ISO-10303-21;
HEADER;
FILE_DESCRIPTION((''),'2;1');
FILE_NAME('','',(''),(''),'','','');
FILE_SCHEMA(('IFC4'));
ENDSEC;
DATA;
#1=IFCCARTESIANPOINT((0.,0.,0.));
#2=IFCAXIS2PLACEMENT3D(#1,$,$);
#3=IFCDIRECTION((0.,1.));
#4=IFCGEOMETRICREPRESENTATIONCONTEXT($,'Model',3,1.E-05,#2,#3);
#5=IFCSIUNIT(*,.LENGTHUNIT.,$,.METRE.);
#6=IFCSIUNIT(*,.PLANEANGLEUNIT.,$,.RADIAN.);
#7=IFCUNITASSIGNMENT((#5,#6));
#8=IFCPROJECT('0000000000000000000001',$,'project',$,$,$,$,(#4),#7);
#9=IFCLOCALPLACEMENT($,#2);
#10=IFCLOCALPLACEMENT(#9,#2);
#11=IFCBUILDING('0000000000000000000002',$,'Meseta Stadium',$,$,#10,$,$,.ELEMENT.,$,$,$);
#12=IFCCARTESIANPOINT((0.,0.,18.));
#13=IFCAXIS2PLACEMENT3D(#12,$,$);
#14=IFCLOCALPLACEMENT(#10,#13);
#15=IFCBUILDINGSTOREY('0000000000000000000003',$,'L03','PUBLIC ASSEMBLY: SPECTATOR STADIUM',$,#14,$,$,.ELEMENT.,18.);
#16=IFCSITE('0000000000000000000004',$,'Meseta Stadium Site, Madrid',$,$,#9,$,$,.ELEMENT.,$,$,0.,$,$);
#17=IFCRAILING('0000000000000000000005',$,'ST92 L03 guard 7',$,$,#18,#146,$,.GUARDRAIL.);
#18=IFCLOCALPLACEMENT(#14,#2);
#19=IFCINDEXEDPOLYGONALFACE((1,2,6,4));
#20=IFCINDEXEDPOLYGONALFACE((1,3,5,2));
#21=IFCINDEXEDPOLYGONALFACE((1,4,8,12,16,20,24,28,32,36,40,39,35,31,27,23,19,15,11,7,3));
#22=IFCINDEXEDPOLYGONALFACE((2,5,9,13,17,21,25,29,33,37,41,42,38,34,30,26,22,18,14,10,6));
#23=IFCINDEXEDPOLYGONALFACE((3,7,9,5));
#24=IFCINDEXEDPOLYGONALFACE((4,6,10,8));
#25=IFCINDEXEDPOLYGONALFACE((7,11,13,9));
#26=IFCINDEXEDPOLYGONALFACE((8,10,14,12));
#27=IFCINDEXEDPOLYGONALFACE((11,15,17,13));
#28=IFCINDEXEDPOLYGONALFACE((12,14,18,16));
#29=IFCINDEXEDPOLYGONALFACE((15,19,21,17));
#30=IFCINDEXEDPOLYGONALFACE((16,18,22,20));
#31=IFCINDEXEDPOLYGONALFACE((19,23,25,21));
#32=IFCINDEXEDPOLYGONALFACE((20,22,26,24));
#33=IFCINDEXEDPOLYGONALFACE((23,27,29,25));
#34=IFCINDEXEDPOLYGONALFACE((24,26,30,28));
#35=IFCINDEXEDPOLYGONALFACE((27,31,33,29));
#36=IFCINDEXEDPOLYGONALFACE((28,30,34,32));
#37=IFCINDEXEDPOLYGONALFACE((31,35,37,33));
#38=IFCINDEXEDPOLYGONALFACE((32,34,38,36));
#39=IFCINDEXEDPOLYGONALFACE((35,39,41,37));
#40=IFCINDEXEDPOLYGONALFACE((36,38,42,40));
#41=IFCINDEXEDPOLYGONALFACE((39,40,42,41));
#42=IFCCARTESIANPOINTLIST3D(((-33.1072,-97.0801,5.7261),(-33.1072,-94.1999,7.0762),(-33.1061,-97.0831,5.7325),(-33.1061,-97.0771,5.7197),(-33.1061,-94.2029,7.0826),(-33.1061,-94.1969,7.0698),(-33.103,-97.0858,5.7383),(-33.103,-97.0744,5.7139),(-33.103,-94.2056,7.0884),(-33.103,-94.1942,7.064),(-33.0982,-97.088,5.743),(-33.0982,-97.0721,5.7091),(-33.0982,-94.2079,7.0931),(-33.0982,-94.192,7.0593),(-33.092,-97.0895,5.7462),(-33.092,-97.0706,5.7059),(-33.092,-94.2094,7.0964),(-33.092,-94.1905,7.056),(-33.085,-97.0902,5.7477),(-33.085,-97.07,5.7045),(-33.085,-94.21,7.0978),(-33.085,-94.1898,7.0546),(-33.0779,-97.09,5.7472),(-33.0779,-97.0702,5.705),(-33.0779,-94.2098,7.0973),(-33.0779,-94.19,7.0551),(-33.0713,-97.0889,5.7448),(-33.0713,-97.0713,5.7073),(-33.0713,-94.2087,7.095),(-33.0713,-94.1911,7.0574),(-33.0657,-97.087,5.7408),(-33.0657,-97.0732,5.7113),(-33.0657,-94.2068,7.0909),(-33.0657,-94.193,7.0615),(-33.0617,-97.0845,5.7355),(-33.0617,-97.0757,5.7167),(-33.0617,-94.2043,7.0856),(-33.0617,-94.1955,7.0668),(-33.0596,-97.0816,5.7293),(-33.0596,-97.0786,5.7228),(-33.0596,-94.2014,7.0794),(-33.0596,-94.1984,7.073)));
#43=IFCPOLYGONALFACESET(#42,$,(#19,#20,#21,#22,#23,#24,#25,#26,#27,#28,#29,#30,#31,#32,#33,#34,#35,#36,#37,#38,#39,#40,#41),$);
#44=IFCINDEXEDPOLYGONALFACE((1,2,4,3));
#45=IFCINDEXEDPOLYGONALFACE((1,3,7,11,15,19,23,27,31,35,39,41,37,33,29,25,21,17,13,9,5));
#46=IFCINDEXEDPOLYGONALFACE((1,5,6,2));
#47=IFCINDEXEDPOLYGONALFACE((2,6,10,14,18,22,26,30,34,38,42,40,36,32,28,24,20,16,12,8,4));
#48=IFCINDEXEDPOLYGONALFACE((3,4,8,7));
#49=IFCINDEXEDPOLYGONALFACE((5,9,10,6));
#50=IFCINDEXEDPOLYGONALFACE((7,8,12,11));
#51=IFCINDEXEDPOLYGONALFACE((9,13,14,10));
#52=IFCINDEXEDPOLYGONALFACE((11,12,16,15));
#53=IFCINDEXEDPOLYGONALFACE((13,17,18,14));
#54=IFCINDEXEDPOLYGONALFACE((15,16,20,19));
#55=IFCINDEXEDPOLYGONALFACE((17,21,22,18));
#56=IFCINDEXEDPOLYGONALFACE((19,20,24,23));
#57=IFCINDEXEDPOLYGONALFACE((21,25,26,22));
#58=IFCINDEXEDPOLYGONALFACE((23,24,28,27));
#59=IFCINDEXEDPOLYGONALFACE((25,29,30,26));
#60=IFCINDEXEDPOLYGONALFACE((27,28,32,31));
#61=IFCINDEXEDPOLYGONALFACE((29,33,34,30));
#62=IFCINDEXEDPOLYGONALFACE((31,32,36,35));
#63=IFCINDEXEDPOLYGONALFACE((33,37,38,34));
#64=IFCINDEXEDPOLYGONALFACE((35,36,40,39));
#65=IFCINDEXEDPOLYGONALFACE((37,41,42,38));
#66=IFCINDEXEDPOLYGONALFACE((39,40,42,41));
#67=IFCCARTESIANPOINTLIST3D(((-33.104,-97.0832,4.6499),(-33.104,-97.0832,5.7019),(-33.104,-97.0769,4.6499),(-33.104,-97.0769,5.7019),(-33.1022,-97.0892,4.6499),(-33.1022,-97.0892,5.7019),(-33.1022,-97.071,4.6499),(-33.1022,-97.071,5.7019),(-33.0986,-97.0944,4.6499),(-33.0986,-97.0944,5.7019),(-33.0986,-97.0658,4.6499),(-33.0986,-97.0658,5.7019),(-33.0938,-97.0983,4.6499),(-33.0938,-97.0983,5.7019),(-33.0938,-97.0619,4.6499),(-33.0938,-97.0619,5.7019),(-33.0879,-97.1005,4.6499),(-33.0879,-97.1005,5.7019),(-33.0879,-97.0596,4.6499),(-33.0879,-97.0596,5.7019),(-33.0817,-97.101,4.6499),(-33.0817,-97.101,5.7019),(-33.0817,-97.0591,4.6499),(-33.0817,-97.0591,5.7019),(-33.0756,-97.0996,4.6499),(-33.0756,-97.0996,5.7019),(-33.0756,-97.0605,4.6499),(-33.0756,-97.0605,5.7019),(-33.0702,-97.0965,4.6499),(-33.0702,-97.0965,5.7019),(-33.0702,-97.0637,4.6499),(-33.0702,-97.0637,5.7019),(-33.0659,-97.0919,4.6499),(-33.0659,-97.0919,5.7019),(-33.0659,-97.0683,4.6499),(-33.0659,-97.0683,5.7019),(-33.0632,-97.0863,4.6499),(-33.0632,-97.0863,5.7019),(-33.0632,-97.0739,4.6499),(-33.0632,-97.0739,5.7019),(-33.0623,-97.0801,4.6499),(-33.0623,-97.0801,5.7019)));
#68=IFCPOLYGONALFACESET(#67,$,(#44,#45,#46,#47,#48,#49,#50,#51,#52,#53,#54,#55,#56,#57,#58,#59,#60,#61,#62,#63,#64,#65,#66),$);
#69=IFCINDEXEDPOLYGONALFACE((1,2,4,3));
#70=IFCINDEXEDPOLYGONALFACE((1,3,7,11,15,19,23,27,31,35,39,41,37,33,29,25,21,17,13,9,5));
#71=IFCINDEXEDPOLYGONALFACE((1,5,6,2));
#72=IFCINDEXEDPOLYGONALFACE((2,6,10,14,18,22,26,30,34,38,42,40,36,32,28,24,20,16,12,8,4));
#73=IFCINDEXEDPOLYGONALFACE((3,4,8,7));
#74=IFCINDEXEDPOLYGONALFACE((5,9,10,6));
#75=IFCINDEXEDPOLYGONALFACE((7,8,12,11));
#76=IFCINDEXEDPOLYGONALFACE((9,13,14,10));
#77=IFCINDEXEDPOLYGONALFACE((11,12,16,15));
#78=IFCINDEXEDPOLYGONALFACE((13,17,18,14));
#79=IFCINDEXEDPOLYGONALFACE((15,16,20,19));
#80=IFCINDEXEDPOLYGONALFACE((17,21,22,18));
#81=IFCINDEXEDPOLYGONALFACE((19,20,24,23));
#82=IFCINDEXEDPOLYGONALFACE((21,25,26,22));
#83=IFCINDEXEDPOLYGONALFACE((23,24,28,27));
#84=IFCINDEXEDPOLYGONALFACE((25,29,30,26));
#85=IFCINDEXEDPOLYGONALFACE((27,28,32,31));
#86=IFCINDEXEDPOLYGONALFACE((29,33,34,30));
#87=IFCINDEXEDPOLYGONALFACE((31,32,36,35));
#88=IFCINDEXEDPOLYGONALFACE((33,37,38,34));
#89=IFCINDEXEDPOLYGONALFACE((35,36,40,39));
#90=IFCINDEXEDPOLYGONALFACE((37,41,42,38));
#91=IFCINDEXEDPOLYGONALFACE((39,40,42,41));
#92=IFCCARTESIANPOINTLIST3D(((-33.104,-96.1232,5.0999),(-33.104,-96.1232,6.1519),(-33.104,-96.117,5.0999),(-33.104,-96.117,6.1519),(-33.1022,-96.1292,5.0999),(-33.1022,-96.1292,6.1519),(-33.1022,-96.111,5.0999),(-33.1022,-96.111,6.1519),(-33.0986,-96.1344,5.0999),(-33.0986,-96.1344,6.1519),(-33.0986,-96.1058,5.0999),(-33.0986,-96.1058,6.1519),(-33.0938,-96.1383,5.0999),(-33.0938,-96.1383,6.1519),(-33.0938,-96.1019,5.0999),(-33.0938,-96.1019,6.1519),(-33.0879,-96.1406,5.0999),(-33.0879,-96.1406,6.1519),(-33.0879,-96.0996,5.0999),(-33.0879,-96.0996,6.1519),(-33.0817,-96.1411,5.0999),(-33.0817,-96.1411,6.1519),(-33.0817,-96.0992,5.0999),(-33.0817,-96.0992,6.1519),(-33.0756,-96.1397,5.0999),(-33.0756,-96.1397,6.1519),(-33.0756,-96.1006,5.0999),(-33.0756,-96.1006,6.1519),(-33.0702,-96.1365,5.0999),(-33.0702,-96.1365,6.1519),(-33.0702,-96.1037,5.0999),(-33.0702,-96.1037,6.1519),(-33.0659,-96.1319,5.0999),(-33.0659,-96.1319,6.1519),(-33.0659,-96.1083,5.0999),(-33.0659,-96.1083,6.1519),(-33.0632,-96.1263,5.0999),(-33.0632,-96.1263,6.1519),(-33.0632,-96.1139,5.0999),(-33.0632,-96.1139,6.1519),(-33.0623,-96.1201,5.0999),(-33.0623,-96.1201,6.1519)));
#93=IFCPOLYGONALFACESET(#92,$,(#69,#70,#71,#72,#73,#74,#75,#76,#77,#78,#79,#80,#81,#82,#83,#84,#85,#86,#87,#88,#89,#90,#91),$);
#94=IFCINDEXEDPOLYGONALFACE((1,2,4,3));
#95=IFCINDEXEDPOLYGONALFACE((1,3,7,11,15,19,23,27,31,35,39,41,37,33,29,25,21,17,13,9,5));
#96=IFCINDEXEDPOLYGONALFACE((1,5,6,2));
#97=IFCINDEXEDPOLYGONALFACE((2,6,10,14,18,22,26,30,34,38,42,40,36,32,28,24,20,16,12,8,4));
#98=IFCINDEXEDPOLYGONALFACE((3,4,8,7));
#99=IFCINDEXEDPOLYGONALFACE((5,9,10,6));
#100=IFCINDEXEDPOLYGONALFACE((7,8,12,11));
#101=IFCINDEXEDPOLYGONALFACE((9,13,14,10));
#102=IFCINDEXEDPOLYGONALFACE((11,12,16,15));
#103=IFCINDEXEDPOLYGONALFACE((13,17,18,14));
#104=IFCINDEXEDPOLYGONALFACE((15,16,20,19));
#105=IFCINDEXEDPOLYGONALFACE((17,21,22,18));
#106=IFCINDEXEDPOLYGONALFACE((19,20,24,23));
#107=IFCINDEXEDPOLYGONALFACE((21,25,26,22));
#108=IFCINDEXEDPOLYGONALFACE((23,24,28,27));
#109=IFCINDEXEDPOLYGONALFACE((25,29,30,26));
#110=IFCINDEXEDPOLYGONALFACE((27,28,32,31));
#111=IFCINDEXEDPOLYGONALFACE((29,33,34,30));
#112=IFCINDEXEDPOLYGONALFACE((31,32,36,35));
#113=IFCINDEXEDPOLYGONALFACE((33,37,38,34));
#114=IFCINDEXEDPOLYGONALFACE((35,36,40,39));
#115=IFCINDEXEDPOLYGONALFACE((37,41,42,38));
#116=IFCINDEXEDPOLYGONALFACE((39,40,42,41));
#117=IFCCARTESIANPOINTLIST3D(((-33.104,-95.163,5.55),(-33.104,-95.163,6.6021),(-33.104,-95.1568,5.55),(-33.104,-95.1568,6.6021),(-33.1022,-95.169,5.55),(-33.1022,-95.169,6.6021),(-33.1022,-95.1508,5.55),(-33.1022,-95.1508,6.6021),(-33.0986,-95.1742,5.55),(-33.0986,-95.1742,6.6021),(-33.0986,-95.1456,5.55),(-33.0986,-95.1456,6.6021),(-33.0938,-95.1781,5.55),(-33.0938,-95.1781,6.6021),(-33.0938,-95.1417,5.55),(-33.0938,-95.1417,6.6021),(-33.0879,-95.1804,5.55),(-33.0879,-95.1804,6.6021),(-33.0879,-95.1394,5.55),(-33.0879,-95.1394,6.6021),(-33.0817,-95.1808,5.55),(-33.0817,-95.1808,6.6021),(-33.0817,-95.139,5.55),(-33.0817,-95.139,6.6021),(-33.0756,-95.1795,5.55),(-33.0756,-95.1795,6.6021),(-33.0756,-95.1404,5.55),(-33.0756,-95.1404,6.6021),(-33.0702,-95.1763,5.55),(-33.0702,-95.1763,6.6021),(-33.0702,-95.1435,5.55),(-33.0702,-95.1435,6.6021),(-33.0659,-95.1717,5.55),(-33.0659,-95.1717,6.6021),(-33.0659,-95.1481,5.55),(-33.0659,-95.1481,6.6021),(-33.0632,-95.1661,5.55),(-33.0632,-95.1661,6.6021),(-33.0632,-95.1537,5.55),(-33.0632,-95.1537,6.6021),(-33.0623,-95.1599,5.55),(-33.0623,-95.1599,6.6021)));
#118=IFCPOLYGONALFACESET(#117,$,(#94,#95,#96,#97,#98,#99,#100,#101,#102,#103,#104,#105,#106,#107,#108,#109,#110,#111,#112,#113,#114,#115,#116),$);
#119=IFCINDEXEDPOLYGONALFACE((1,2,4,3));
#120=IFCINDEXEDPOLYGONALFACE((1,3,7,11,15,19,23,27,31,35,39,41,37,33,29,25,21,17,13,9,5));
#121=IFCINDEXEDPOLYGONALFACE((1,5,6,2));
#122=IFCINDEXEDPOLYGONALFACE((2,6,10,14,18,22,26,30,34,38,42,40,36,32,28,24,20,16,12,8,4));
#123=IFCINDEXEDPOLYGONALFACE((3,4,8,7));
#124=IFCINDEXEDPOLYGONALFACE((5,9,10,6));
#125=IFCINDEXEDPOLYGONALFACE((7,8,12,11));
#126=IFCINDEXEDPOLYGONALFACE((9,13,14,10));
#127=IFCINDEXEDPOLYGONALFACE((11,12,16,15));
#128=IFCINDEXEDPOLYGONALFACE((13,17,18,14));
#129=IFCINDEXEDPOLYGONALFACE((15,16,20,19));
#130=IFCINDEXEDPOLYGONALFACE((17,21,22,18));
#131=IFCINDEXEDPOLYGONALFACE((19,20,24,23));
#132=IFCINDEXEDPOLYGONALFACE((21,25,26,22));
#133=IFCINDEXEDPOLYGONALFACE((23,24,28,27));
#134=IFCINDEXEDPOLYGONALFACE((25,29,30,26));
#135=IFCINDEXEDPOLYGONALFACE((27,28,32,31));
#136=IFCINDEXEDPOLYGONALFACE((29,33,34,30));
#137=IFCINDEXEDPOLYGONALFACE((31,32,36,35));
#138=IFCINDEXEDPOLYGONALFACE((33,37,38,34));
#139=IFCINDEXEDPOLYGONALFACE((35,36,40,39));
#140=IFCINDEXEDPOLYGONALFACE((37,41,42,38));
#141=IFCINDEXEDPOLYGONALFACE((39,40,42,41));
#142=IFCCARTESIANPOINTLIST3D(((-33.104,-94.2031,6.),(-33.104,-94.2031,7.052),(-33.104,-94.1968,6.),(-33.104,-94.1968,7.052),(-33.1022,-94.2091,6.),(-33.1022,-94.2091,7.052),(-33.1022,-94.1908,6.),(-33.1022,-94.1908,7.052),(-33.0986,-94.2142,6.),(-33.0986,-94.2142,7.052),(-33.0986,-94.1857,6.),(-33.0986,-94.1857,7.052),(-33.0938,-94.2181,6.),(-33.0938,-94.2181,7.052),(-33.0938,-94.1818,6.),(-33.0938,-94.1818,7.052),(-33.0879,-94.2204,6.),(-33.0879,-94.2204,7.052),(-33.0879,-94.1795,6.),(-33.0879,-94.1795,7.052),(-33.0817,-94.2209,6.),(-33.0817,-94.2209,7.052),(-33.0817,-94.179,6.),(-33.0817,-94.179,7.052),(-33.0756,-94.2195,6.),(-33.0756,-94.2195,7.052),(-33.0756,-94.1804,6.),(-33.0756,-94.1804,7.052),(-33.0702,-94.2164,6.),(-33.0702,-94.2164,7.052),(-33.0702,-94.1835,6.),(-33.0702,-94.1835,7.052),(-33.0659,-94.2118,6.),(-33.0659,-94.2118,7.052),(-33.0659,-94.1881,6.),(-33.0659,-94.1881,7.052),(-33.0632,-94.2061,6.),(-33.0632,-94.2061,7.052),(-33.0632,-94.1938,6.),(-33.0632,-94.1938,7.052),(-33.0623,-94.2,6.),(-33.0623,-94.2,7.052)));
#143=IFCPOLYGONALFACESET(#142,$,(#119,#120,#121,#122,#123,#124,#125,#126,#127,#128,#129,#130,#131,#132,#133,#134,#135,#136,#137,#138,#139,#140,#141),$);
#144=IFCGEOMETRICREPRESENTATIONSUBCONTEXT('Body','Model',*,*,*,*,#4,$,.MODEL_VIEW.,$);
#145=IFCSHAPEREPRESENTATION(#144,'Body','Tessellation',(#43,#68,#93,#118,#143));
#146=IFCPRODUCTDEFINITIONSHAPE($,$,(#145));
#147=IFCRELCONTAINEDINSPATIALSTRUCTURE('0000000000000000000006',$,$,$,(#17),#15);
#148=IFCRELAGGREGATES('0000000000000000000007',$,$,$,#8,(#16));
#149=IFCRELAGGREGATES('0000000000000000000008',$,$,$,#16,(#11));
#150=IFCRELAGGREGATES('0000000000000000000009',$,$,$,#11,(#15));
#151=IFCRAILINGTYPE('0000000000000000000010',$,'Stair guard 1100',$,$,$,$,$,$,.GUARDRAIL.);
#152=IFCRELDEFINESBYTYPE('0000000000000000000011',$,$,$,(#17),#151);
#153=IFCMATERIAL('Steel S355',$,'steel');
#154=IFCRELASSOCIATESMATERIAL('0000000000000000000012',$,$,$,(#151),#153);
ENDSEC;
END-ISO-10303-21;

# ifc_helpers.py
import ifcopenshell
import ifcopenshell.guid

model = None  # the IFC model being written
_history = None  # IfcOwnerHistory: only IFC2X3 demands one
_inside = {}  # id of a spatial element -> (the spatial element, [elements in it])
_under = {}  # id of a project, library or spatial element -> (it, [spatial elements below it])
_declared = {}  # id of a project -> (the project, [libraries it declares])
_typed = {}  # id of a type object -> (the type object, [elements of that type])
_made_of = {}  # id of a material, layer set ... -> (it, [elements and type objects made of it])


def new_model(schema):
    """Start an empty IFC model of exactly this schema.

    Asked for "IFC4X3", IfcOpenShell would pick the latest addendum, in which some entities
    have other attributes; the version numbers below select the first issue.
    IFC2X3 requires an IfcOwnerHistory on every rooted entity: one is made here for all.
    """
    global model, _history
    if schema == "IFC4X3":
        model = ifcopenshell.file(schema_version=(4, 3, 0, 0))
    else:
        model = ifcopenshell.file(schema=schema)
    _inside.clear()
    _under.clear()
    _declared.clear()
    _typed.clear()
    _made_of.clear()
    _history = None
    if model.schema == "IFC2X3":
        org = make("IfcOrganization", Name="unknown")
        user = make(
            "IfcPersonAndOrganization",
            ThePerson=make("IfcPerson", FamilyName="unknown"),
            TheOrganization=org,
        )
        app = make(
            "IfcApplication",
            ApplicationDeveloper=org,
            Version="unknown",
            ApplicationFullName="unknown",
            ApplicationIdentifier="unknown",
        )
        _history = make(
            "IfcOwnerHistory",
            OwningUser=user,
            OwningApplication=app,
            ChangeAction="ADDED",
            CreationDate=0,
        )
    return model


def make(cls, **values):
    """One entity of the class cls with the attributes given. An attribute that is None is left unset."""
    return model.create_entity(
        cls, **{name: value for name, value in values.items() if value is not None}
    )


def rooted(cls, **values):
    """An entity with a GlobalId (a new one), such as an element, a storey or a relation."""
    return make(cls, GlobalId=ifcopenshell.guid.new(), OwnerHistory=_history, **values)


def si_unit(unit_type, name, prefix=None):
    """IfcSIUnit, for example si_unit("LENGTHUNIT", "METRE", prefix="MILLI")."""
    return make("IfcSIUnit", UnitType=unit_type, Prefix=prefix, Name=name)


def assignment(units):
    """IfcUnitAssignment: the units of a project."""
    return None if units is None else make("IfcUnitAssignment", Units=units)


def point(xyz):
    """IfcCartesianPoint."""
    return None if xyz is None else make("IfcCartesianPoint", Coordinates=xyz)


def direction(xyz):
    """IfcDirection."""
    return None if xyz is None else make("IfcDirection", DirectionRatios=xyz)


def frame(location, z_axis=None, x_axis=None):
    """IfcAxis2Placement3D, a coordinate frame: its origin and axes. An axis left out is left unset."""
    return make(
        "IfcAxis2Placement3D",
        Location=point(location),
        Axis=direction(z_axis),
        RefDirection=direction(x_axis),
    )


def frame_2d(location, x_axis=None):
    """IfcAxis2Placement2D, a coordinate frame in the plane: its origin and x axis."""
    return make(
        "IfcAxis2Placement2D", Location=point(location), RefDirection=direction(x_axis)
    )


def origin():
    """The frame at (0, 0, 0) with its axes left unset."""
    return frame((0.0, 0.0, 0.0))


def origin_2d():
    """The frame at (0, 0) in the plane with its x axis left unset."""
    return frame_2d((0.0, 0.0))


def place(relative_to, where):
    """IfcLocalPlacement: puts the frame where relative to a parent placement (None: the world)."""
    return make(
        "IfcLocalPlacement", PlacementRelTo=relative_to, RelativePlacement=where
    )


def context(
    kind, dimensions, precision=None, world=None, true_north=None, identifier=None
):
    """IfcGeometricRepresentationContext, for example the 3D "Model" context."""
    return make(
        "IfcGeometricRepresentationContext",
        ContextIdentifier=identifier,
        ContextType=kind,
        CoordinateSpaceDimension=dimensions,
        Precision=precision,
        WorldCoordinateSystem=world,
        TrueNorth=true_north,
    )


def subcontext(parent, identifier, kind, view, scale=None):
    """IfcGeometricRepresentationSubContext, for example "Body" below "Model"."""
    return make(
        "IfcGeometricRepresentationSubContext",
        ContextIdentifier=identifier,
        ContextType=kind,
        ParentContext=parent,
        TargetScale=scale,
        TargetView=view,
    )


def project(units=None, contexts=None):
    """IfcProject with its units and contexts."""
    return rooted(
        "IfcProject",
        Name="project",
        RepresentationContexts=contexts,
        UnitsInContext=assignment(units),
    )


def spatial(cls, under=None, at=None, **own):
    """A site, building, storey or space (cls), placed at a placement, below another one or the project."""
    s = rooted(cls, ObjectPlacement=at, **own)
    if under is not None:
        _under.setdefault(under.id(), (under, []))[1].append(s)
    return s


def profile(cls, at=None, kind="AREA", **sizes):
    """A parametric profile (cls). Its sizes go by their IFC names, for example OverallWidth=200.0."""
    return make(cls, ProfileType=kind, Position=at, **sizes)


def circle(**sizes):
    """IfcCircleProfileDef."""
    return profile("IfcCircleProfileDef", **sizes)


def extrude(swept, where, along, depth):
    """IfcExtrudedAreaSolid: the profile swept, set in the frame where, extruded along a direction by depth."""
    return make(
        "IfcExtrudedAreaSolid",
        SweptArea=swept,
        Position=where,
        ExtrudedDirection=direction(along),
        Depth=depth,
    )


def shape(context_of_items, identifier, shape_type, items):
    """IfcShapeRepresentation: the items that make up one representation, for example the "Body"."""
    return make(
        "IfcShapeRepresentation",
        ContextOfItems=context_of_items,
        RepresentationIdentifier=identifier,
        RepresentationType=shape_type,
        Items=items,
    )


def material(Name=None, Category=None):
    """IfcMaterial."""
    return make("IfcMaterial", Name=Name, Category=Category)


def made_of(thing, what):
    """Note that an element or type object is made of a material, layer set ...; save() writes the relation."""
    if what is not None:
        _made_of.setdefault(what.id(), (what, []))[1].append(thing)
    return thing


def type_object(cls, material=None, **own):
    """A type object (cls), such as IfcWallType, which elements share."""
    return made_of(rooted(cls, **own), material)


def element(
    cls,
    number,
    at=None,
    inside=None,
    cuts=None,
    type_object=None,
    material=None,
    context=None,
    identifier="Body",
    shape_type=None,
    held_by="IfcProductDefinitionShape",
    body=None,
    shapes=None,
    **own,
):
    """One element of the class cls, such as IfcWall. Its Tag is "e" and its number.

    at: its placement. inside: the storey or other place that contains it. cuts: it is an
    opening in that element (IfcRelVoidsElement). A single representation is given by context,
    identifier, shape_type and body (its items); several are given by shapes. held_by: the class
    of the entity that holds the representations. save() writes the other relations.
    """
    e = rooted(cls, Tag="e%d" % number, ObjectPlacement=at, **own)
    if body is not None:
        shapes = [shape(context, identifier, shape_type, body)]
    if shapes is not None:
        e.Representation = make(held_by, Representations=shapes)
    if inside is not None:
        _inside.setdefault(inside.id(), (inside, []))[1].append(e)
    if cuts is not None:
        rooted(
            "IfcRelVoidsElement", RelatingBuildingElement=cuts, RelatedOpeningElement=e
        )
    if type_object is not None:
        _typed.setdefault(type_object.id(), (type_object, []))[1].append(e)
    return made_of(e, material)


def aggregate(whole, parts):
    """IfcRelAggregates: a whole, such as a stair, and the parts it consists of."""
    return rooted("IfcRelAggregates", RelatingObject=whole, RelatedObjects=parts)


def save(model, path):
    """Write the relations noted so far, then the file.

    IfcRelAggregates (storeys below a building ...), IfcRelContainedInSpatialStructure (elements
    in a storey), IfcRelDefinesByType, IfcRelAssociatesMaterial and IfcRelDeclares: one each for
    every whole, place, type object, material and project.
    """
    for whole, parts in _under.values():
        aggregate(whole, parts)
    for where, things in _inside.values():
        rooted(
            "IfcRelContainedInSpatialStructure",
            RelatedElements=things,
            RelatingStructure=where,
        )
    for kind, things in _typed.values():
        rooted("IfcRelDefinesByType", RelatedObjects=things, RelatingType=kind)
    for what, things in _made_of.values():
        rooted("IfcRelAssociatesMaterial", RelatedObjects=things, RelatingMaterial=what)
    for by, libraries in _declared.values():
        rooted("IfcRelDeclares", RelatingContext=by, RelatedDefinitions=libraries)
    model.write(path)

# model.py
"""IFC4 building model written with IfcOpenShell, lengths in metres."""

from ifc_helpers import new_model, si_unit, direction, frame, origin, origin_2d, place, context, subcontext, project, spatial, circle, extrude, material, type_object, element, save


model = new_model("IFC4")

# Units and contexts
model_context = context("Model", 3, precision=1e-05, world=origin(), true_north=direction((0.0, 1.0)))
body_context = subcontext(model_context, "Body", "Model", "MODEL_VIEW")
ifc_project = project(units=[si_unit("LENGTHUNIT", "METRE"), si_unit("PLANEANGLEUNIT", "RADIAN")], contexts=[model_context])

# Site, building, storey
site_placement = place(None, origin())
site = spatial("IfcSite", under=ifc_project, at=site_placement, Name="Meseta Stadium Site, Madrid", CompositionType="ELEMENT", RefElevation=0.0)
building_placement = place(site_placement, origin())
building = spatial("IfcBuilding", under=site, at=building_placement, Name="Meseta Stadium", CompositionType="ELEMENT")
storey_placement = place(building_placement, frame((0.0, 0.0, 18.0)))
storey = spatial("IfcBuildingStorey", under=building, at=storey_placement, Name="L03", Description="PUBLIC ASSEMBLY: SPECTATOR STADIUM", CompositionType="ELEMENT", Elevation=18.0)

# Railing
ifc_material_1 = material(Name="Steel S355", Category="steel")
railing_type_1 = type_object("IfcRailingType", Name="Stair guard 1100", PredefinedType="GUARDRAIL", material=ifc_material_1)
for number, where, name in (
    (1, (-33.0833, -97.0801, 4.6499), "ST92 L03 guard 7"),
):
    element("IfcRailing", number, at=place(storey_placement, frame(where)), inside=storey, type_object=railing_type_1, Name=name, PredefinedType="GUARDRAIL", context=body_context, shape_type="SweptSolid", body=[
        extrude(circle(Radius=0.0239, at=origin_2d()), frame((0.0, 0.0, 1.0762), z_axis=(0.0, 0.905454, 0.424444), x_axis=(-1.0, 0.0, 0.0)), (0.0, 0.0, 1.0), 3.1809),
        extrude(circle(Radius=0.021, at=origin_2d()), origin(), (0.0, 0.0, 1.0), 1.052),
        extrude(circle(Radius=0.021, at=origin_2d()), frame((0.0, 0.96, 0.45)), (0.0, 0.0, 1.0), 1.052),
        extrude(circle(Radius=0.021, at=origin_2d()), frame((0.0, 1.9202, 0.9001)), (0.0, 0.0, 1.0), 1.052),
        extrude(circle(Radius=0.021, at=origin_2d()), frame((0.0, 2.8801, 1.3501)), (0.0, 0.0, 1.0), 1.052),
    ])

save(model, "model.ifc")
